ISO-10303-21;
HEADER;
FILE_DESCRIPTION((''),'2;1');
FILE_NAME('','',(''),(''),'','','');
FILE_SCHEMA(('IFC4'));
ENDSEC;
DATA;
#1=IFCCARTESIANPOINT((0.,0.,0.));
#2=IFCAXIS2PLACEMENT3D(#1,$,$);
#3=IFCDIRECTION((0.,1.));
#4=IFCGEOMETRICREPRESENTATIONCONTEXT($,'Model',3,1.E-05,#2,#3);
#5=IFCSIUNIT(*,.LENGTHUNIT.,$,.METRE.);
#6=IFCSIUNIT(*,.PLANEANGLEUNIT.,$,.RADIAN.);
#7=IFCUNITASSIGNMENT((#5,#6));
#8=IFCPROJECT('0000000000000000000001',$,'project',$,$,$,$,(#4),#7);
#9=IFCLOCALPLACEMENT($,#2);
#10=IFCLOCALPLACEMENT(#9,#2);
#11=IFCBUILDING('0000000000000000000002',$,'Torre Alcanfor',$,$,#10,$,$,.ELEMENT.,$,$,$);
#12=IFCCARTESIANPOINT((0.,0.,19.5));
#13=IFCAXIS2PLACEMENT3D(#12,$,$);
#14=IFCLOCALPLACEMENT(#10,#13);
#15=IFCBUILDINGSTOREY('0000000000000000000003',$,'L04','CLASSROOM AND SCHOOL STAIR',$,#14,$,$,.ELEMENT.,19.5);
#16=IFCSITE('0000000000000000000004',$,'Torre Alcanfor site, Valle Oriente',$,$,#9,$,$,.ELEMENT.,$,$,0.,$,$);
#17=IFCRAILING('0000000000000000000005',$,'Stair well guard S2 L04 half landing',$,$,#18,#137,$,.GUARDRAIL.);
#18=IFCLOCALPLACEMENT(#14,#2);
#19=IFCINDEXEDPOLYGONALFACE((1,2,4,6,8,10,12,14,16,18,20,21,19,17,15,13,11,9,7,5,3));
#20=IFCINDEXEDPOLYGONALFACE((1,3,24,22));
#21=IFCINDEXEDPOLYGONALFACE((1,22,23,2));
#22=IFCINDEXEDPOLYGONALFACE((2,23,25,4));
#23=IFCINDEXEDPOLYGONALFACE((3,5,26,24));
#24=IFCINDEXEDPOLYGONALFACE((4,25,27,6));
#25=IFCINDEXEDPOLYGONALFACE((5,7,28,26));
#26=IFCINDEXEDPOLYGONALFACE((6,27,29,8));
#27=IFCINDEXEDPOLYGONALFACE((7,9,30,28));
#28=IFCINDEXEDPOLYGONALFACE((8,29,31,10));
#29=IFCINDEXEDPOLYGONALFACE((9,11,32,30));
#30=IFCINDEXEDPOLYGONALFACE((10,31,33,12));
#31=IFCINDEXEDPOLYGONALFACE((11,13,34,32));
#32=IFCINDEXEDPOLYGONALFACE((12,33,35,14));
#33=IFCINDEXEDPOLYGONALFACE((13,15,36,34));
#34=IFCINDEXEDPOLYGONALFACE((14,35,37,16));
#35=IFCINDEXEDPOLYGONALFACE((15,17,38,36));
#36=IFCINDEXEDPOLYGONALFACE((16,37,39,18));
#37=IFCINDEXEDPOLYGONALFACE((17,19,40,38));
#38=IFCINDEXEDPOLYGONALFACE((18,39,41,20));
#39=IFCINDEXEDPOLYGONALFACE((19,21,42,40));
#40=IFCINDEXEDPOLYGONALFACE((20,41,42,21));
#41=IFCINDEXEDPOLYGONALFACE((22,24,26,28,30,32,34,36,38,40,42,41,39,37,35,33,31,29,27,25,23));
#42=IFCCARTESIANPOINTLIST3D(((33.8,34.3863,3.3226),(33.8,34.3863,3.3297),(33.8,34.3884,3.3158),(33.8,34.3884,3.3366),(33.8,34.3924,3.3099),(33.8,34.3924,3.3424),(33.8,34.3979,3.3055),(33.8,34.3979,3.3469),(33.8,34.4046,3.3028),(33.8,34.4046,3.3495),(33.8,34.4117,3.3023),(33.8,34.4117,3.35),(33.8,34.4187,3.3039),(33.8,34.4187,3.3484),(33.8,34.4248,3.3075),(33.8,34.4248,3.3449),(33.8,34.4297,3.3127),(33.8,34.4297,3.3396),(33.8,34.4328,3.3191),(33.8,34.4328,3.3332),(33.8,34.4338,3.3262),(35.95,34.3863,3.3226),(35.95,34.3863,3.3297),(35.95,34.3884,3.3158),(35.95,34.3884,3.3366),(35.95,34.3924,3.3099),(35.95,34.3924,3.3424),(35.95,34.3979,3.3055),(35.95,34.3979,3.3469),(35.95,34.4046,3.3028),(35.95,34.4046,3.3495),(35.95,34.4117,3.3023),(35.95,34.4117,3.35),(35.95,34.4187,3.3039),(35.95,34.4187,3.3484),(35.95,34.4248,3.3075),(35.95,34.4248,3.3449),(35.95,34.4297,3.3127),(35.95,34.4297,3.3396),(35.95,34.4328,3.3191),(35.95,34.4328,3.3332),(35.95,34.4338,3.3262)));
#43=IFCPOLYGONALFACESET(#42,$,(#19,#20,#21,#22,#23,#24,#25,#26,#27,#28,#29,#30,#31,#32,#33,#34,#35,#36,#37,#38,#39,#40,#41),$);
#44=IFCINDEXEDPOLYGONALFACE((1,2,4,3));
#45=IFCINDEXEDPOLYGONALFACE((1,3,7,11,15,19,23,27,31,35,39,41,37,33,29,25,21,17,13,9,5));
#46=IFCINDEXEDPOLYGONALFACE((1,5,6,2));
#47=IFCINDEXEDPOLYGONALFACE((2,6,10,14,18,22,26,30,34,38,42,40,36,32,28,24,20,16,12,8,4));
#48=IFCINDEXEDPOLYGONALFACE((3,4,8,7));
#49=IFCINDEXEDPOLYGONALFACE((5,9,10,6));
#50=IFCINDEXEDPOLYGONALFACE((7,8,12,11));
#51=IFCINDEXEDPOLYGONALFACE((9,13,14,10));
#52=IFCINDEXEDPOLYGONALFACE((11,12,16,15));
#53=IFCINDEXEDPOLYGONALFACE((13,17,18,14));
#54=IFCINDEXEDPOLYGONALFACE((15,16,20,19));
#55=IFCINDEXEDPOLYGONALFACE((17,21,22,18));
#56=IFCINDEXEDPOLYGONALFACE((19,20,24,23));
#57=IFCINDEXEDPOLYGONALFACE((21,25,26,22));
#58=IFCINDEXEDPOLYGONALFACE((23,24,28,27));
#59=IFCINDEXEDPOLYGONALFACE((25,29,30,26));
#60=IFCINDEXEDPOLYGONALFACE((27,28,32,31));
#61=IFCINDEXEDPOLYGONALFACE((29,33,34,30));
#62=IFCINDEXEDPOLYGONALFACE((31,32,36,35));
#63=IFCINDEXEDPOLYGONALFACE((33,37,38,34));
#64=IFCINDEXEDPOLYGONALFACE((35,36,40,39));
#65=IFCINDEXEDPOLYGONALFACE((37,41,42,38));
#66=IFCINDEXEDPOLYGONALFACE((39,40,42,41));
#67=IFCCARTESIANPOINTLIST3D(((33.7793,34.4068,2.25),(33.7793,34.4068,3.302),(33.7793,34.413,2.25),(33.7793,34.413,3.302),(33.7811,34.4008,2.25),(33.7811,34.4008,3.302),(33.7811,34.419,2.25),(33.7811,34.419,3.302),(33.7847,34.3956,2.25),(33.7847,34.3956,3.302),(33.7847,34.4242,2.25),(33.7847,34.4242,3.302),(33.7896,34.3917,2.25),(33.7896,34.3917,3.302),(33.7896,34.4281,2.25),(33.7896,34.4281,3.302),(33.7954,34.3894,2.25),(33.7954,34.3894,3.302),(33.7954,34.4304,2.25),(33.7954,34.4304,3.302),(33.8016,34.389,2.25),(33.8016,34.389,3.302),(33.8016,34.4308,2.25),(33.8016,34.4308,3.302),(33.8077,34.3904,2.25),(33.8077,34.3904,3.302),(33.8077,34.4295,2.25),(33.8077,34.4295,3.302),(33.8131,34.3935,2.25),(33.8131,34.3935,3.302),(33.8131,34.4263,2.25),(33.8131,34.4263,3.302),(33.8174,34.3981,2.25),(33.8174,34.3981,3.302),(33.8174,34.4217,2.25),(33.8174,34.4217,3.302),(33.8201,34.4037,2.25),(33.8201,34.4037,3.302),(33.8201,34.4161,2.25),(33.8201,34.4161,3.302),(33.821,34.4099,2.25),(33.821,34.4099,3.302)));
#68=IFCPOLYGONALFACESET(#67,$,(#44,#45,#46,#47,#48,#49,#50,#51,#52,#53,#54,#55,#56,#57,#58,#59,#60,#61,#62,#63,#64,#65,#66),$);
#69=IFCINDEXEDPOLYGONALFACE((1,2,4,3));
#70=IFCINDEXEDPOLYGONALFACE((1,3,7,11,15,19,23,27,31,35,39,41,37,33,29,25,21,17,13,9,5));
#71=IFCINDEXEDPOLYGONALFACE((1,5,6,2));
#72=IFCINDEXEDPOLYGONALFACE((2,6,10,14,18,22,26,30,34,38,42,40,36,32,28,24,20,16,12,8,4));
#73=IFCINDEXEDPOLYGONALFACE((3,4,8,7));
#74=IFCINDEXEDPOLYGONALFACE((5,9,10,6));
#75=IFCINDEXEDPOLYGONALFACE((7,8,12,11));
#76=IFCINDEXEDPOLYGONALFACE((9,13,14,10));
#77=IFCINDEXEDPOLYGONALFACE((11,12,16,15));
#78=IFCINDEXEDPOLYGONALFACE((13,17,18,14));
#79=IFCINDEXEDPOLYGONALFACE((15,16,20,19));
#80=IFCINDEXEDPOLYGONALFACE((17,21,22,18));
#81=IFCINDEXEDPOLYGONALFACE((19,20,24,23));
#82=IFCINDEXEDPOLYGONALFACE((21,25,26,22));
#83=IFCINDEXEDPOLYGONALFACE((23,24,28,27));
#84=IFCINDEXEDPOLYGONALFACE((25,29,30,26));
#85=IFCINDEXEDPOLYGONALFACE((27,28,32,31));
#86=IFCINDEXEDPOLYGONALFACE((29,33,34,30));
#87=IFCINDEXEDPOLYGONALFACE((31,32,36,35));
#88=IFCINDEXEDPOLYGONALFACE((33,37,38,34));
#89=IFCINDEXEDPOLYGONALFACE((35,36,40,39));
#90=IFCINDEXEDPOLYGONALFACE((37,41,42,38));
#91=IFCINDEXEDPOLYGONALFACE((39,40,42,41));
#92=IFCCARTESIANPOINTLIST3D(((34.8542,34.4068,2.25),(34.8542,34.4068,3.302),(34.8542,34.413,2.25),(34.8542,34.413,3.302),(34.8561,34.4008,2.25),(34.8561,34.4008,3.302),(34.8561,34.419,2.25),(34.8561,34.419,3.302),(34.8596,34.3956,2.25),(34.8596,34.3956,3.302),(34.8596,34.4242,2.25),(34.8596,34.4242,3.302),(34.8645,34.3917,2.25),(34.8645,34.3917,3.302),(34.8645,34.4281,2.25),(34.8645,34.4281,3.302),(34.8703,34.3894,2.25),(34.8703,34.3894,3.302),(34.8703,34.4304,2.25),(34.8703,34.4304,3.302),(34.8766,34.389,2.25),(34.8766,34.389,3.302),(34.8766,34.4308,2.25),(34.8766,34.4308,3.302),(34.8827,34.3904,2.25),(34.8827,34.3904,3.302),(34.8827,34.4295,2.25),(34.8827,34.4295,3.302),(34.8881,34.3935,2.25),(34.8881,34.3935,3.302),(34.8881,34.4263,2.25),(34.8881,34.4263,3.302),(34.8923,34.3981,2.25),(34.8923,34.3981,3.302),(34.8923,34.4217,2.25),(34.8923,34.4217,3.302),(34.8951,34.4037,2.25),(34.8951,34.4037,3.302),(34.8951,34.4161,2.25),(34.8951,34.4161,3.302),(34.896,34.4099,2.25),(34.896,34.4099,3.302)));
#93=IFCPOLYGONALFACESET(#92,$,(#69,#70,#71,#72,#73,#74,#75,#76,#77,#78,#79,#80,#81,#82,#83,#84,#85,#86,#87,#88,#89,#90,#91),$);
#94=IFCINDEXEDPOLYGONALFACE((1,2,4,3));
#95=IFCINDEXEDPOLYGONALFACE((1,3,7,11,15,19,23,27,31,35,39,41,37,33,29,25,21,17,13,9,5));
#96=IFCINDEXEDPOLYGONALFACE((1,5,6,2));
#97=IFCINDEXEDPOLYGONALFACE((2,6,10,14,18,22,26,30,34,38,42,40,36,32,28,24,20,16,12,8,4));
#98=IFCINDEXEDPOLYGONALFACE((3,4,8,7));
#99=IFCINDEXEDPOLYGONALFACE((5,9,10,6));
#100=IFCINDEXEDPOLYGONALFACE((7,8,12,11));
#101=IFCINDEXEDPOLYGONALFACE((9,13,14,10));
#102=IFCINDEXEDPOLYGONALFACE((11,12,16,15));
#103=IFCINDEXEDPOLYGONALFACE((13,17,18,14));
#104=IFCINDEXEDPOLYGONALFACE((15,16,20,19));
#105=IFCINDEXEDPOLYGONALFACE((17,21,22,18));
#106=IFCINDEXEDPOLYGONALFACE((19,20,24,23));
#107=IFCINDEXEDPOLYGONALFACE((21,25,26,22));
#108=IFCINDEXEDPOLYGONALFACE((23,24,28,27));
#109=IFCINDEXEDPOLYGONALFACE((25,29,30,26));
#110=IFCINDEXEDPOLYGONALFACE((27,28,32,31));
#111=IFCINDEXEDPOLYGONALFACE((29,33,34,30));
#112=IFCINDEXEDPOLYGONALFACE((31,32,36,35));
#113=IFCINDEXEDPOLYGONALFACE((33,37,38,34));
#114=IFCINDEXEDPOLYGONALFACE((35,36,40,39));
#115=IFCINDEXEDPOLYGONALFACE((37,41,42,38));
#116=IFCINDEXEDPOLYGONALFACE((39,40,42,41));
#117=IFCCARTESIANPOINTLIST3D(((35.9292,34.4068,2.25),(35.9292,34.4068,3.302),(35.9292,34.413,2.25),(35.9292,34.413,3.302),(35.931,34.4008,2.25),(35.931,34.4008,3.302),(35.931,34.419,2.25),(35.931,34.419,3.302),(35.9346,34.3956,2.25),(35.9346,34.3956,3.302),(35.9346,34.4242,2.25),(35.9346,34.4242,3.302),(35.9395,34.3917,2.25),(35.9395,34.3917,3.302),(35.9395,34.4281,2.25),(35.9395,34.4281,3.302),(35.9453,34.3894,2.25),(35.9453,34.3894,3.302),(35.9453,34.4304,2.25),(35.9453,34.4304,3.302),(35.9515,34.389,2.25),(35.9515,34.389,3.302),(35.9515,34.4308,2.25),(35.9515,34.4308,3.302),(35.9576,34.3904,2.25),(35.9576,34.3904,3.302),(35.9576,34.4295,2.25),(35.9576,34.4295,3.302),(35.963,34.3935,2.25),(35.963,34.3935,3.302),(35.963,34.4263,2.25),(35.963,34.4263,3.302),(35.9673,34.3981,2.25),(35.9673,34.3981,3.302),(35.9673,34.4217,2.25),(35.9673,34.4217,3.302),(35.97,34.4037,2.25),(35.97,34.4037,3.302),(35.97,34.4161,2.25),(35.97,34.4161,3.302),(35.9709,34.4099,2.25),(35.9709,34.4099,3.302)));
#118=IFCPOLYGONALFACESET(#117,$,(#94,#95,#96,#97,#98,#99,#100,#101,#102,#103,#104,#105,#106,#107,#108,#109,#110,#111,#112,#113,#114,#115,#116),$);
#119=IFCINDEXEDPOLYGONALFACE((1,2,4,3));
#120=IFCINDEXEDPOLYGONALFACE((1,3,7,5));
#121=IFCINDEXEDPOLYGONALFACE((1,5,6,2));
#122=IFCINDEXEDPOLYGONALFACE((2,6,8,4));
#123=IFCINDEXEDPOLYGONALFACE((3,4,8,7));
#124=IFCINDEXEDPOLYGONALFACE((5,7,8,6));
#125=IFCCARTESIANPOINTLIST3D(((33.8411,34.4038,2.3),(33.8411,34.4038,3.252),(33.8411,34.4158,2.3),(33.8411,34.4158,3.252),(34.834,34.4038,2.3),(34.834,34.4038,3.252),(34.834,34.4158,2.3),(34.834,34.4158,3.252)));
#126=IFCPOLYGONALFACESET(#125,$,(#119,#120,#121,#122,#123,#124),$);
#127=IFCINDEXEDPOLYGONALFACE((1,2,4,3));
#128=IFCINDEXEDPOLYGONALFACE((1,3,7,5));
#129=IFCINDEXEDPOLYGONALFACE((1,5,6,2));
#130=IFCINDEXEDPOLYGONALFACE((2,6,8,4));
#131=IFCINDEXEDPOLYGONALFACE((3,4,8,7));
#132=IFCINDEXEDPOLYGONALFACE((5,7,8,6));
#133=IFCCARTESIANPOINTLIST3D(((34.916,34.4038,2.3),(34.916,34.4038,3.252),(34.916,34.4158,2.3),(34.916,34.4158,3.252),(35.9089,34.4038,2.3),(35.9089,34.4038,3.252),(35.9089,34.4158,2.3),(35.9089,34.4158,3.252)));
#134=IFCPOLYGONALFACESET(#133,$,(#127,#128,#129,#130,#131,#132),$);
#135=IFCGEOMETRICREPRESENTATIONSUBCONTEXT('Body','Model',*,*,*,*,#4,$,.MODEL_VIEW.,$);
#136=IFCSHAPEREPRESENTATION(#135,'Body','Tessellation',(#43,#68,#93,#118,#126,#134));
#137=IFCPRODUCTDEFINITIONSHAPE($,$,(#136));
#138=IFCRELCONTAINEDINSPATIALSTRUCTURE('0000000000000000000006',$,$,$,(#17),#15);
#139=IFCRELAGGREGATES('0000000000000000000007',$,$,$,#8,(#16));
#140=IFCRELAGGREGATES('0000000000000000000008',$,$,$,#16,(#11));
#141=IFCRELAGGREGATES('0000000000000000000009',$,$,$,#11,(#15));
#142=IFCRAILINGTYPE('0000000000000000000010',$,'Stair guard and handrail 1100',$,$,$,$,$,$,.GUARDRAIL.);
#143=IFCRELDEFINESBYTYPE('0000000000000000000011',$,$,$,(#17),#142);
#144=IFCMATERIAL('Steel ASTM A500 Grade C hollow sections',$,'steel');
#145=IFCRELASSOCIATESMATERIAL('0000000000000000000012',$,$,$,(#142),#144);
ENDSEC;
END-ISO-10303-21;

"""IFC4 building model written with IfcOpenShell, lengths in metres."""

from ifc_helpers import new_model, si_unit, direction, frame, origin, origin_2d, place, context, subcontext, project, spatial, polyline, circle, outline, extrude, material, type_object, element, save


model = new_model("IFC4")

# Units and contexts
model_context = context("Model", 3, precision=1e-05, world=origin(), true_north=direction((0.0, 1.0)))
body_context = subcontext(model_context, "Body", "Model", "MODEL_VIEW")
ifc_project = project(units=[si_unit("LENGTHUNIT", "METRE"), si_unit("PLANEANGLEUNIT", "RADIAN")], contexts=[model_context])

# Site, building, storey
site_placement = place(None, origin())
site = spatial("IfcSite", under=ifc_project, at=site_placement, Name="Torre Alcanfor site, Valle Oriente", CompositionType="ELEMENT", RefElevation=0.0)
building_placement = place(site_placement, origin())
building = spatial("IfcBuilding", under=site, at=building_placement, Name="Torre Alcanfor", CompositionType="ELEMENT")
storey_placement = place(building_placement, frame((0.0, 0.0, 19.5)))
storey = spatial("IfcBuildingStorey", under=building, at=storey_placement, Name="L04", Description="CLASSROOM AND SCHOOL STAIR", CompositionType="ELEMENT", Elevation=19.5)

# Railing
ifc_material_1 = material(Name="Steel ASTM A500 Grade C hollow sections", Category="steel")
railing_type_1 = type_object("IfcRailingType", Name="Stair guard and handrail 1100", PredefinedType="GUARDRAIL", material=ifc_material_1)
for number, where, name in (
    (1, (33.8, 34.4099, 2.25), "Stair well guard S2 L04 half landing"),
):
    element("IfcRailing", number, at=place(storey_placement, frame(where)), inside=storey, type_object=railing_type_1, Name=name, PredefinedType="GUARDRAIL", context=body_context, shape_type="SweptSolid", body=[
        extrude(circle(Radius=0.0239, at=origin_2d()), frame((0.0, 0.0, 1.0762), z_axis=(1.0, 0.0, 0.0), x_axis=(0.0, 1.0, 0.0)), (0.0, 0.0, 1.0), 2.1499),
        extrude(circle(Radius=0.021, at=origin_2d()), origin(), (0.0, 0.0, 1.0), 1.052),
        extrude(circle(Radius=0.021, at=origin_2d()), frame((1.075, 0.0, 0.0)), (0.0, 0.0, 1.0), 1.052),
        extrude(circle(Radius=0.021, at=origin_2d()), frame((2.1499, 0.0, 0.0)), (0.0, 0.0, 1.0), 1.052),
        extrude(outline(polyline([(0.041, 0.05), (1.0339, 0.05), (1.0339, 1.002), (0.041, 1.002), (0.041, 0.05)])), frame((0.0, 0.0059, 0.0), z_axis=(0.0, -1.0, 0.0), x_axis=(1.0, 0.0, 0.0)), (0.0, 0.0, 1.0), 0.012),
        extrude(outline(polyline([(1.116, 0.05), (2.1089, 0.05), (2.1089, 1.002), (1.116, 1.002), (1.116, 0.05)])), frame((0.0, 0.0059, 0.0), z_axis=(0.0, -1.0, 0.0), x_axis=(1.0, 0.0, 0.0)), (0.0, 0.0, 1.0), 0.012),
    ])

save(model, "model.ifc")
